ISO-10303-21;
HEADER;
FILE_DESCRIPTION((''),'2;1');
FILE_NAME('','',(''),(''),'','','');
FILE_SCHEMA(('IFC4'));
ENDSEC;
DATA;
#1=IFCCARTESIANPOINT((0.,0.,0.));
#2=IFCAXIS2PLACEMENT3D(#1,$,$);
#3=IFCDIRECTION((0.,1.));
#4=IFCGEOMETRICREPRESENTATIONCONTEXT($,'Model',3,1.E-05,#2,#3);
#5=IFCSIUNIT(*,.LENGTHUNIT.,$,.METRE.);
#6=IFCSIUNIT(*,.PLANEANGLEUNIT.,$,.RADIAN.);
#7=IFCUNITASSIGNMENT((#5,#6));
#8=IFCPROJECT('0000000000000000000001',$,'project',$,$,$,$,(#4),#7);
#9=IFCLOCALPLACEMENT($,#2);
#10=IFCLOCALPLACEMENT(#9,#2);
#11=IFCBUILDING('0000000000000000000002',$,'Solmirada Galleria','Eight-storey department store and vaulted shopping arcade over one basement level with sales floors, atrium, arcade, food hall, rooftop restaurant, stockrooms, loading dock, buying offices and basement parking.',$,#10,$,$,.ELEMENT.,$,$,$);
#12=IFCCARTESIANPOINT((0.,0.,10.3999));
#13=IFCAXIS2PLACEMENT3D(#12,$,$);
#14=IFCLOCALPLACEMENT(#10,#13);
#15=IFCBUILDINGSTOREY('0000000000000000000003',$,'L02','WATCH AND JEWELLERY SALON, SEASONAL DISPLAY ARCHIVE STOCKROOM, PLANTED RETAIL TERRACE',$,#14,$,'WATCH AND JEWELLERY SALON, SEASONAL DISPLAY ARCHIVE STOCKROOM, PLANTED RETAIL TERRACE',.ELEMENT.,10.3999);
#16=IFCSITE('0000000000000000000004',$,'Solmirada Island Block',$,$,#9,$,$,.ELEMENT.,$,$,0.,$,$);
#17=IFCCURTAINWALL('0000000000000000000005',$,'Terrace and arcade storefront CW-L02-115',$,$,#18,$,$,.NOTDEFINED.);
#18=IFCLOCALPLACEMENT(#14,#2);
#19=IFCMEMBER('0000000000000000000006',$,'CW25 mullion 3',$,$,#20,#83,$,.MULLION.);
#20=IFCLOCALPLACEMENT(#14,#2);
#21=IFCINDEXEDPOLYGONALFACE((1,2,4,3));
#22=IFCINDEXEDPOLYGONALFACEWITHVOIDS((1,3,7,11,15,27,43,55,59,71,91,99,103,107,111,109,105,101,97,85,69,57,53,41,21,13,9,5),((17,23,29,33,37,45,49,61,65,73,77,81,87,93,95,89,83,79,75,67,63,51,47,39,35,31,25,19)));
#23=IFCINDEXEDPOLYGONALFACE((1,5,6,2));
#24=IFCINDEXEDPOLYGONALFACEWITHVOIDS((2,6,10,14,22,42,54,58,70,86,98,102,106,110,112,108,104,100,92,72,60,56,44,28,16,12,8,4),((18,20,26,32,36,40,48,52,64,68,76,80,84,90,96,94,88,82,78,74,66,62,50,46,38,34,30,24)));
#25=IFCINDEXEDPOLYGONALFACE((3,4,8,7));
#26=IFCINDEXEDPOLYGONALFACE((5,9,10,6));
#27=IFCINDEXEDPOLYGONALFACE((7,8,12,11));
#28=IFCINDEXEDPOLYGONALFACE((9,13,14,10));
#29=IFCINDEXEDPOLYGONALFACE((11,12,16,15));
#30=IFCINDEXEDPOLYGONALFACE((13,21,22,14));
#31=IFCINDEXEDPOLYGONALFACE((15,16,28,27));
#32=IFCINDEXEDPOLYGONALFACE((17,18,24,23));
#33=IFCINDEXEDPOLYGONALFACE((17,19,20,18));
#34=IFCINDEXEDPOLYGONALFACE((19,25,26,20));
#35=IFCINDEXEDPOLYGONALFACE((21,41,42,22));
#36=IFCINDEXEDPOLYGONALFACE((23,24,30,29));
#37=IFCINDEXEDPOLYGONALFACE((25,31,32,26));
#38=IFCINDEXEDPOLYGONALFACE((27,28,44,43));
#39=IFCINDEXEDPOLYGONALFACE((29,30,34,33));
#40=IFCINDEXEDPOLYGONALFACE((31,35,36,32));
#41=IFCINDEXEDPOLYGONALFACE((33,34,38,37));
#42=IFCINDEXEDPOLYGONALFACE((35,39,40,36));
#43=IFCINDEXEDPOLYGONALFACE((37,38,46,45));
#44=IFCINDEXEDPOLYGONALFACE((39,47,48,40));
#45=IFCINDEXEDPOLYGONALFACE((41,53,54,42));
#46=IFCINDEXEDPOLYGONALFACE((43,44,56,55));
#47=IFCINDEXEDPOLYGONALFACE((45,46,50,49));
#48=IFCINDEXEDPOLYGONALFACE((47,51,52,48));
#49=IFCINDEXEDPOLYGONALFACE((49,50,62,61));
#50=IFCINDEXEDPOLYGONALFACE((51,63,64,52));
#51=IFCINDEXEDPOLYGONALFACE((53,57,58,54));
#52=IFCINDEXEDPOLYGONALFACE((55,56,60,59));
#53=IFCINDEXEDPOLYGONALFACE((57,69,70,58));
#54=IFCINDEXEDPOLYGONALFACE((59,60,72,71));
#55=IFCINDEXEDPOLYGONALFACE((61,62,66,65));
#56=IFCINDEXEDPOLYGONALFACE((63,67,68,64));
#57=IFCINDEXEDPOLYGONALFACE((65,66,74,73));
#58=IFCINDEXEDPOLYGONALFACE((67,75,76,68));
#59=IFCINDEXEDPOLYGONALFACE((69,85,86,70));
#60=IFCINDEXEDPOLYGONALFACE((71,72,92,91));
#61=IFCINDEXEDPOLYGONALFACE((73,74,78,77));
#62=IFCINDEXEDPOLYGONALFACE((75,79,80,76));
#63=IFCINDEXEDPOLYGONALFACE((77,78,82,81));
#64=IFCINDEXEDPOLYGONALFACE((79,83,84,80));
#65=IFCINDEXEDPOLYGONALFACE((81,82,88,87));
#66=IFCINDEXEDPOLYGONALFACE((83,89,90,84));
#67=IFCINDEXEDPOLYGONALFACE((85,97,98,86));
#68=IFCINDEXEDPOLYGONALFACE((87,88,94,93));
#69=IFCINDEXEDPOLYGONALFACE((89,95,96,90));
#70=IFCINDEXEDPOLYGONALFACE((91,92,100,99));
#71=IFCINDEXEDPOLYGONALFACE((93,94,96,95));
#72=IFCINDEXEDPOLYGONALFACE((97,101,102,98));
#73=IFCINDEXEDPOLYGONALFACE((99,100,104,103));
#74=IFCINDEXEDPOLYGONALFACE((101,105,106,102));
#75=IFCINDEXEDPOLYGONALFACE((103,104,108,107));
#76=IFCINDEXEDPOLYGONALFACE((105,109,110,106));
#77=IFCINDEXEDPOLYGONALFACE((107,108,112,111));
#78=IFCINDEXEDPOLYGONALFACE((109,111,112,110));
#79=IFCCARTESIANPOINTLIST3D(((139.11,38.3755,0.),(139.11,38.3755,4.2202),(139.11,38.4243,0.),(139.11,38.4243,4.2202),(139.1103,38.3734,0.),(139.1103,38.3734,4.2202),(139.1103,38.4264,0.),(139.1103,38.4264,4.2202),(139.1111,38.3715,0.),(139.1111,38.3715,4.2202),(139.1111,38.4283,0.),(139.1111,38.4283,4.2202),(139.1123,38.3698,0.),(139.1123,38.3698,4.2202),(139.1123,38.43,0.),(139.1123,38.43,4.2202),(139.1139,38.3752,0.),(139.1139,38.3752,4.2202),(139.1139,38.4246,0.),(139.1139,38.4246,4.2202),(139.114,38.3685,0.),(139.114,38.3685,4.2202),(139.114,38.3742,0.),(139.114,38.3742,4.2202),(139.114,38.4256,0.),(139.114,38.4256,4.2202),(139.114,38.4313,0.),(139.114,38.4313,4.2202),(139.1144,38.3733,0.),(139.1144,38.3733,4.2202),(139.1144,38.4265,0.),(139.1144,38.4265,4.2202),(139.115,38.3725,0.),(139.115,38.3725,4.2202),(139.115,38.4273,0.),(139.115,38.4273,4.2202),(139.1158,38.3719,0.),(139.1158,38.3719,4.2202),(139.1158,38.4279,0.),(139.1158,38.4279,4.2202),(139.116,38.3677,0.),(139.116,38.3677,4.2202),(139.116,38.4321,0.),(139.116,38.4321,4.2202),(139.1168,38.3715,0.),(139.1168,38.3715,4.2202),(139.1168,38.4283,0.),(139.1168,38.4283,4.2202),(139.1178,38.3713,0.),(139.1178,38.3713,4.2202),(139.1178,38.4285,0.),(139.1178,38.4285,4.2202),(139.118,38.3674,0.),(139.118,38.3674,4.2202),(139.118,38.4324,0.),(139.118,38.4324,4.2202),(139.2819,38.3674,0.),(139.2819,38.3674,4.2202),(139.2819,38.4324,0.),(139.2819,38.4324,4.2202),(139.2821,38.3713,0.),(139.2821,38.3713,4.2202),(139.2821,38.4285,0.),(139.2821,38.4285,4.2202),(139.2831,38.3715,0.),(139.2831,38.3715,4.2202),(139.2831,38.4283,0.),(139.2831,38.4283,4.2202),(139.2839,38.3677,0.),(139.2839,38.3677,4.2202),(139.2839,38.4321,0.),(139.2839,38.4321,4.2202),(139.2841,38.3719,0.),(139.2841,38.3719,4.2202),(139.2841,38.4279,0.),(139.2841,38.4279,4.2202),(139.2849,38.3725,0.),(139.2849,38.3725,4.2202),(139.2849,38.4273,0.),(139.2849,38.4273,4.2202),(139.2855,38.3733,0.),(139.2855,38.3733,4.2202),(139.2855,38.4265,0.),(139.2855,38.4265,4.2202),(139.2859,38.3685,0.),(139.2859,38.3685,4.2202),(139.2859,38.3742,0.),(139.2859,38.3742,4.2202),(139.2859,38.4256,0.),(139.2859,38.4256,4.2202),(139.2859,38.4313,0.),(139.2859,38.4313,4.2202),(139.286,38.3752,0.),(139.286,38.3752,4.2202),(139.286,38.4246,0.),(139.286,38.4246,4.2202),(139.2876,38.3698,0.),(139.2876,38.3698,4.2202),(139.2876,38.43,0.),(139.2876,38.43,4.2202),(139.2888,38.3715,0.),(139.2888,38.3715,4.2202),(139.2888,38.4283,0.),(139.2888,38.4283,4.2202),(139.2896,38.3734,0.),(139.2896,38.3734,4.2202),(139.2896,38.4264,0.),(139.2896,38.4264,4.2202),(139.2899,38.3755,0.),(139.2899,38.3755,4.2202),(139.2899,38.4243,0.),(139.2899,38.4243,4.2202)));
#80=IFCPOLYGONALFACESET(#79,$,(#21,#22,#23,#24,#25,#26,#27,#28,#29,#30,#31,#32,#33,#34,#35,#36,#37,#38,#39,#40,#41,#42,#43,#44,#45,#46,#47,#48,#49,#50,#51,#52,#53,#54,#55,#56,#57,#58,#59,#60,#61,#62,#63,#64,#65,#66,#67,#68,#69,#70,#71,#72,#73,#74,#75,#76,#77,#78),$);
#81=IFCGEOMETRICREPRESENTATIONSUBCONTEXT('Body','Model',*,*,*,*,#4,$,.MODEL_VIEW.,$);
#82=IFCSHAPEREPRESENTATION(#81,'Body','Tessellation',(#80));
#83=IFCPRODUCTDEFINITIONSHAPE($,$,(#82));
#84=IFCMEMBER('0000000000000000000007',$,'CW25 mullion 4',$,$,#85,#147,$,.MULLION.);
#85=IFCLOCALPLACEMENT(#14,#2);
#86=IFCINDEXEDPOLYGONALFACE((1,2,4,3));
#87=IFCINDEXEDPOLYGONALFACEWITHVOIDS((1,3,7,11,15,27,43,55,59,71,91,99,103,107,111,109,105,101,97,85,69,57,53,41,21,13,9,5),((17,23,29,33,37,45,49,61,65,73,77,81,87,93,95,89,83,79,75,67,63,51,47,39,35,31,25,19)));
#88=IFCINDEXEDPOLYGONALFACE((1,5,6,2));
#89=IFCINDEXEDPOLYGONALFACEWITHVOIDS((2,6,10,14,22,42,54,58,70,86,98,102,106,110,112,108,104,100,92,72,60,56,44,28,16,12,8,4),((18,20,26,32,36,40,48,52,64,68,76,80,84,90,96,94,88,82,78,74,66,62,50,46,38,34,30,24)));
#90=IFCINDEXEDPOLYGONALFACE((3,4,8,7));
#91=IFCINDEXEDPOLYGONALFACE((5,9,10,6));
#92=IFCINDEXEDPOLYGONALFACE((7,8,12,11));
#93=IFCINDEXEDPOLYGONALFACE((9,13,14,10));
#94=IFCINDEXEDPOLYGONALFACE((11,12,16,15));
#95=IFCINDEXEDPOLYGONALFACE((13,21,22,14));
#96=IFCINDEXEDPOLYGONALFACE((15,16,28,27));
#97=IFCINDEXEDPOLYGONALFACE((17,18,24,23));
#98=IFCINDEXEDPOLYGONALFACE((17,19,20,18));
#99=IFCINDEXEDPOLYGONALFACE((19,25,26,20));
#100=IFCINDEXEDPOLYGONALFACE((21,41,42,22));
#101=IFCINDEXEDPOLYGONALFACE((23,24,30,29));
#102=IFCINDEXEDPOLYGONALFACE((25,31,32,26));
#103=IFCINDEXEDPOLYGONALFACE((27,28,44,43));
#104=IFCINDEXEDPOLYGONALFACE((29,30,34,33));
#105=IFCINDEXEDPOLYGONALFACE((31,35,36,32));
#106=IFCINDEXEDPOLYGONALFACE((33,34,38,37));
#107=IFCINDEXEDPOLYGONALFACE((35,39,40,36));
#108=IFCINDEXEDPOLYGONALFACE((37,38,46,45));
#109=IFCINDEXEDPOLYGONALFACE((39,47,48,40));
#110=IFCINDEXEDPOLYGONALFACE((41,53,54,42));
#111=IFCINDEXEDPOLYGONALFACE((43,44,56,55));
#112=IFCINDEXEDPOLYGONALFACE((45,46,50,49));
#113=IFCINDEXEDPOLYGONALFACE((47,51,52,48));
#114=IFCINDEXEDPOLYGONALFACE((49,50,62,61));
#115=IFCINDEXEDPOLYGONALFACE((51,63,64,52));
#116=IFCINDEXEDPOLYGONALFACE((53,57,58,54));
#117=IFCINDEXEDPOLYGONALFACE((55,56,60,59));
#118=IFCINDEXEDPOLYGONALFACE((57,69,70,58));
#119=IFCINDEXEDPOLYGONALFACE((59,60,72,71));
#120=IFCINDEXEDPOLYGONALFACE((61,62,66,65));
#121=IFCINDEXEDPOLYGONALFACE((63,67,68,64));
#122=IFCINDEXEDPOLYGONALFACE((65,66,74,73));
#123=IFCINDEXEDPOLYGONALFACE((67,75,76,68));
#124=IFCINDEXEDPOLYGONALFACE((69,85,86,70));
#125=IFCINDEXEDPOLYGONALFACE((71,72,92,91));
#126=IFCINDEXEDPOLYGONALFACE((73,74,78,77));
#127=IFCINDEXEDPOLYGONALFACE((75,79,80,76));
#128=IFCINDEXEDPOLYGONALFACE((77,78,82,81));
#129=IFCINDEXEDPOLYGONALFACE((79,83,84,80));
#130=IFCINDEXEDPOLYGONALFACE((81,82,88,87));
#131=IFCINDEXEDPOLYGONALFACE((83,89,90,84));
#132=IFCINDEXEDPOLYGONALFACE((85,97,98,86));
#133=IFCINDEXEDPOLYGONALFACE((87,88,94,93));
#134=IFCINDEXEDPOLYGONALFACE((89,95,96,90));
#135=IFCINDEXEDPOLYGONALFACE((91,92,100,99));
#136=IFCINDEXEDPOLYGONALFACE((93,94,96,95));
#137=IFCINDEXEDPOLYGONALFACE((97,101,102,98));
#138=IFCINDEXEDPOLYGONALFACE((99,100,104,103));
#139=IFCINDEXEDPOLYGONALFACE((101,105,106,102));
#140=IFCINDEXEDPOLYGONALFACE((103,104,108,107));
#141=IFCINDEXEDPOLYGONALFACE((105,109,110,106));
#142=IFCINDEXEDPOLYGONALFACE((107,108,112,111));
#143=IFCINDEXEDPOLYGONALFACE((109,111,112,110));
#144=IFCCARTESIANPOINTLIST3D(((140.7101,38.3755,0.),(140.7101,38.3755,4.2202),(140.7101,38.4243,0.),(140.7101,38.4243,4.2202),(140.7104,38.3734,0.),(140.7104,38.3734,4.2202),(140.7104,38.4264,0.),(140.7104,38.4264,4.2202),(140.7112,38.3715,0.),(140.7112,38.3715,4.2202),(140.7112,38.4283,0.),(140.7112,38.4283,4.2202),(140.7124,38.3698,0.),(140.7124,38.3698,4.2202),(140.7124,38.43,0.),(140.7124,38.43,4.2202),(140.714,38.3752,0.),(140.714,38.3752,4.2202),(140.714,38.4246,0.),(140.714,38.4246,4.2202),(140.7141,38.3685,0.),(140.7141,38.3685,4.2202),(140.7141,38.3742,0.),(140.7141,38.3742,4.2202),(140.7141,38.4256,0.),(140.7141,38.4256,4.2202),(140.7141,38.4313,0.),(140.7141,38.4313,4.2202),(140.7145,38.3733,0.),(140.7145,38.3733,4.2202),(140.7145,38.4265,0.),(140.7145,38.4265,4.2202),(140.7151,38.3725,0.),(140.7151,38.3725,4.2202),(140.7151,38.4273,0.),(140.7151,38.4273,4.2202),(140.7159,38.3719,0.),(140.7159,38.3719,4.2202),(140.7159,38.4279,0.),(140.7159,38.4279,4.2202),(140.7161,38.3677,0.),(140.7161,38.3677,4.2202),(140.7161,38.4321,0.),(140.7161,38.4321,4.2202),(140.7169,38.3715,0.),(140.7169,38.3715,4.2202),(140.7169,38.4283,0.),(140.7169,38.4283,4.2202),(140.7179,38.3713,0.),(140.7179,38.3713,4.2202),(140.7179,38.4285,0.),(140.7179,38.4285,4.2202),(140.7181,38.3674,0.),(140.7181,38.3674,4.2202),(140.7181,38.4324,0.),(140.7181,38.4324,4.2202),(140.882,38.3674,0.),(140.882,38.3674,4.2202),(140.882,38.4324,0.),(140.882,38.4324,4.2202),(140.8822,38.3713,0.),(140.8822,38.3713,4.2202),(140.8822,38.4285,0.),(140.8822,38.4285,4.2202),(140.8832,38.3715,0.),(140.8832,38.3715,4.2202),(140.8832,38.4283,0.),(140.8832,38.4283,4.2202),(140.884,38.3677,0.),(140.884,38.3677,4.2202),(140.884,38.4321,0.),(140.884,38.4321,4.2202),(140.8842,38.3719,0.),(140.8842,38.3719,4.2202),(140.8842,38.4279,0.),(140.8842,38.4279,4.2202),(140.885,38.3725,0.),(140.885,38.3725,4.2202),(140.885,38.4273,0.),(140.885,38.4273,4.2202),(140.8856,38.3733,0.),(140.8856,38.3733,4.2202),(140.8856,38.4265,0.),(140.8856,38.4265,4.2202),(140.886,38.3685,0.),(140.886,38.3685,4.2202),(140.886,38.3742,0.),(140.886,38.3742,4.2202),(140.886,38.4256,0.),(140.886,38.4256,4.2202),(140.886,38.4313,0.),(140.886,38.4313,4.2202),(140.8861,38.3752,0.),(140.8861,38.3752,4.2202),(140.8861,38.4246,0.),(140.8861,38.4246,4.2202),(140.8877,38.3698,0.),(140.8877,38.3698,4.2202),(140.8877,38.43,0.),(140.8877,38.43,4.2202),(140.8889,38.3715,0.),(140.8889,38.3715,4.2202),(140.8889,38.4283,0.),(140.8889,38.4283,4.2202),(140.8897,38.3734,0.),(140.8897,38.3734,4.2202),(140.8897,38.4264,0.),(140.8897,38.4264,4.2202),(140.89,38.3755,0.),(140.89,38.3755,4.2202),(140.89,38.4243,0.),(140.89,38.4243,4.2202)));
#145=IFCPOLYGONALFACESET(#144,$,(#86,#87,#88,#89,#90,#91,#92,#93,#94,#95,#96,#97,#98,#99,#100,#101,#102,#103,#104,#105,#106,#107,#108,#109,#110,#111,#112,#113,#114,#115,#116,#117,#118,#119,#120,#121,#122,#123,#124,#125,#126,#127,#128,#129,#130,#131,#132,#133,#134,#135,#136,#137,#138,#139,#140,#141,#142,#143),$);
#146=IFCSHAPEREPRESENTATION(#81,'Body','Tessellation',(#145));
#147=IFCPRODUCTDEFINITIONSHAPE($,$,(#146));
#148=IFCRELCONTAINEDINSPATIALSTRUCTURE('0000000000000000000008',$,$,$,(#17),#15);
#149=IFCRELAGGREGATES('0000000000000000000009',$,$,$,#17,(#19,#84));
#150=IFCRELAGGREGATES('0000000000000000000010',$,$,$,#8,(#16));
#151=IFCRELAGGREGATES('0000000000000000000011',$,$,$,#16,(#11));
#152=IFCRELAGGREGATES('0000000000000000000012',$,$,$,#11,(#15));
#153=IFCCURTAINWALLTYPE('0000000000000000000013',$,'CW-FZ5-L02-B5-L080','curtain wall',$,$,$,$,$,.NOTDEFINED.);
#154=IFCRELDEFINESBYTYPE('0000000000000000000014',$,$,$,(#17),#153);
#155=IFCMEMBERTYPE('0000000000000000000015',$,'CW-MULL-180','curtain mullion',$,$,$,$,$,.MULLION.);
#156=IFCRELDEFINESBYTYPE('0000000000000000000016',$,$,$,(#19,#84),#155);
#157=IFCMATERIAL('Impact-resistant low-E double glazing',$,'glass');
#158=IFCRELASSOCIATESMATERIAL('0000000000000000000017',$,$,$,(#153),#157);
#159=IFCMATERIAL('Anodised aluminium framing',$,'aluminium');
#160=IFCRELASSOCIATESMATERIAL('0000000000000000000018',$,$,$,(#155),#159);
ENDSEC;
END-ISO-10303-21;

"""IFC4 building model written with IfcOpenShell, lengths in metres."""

from ifc_helpers import new_model, si_unit, direction, frame, origin, origin_2d, place, context, subcontext, project, spatial, hollow_rectangle, extrude, material, material_profile, profile_set, type_object, element, aggregate, save


model = new_model("IFC4")

# Units and contexts
model_context = context("Model", 3, precision=1e-05, world=origin(), true_north=direction((0.0, 1.0)))
body_context = subcontext(model_context, "Body", "Model", "MODEL_VIEW")
ifc_project = project(units=[si_unit("LENGTHUNIT", "METRE"), si_unit("PLANEANGLEUNIT", "RADIAN")], contexts=[model_context])

# Site, building, storey
site_placement = place(None, origin())
site = spatial("IfcSite", under=ifc_project, at=site_placement, Name="Solmirada Island Block", CompositionType="ELEMENT", RefElevation=0.0)
building_placement = place(site_placement, origin())
building = spatial("IfcBuilding", under=site, at=building_placement, Name="Solmirada Galleria", Description="Eight-storey department store and vaulted shopping arcade over one basement level with sales floors, atrium, arcade, food hall, rooftop restaurant, stockrooms, loading dock, buying offices and basement parking.", CompositionType="ELEMENT")
storey_placement = place(building_placement, frame((0.0, 0.0, 10.3999)))
storey = spatial("IfcBuildingStorey", under=building, at=storey_placement, Name="L02", Description="WATCH AND JEWELLERY SALON, SEASONAL DISPLAY ARCHIVE STOCKROOM, PLANTED RETAIL TERRACE", LongName="WATCH AND JEWELLERY SALON, SEASONAL DISPLAY ARCHIVE STOCKROOM, PLANTED RETAIL TERRACE", CompositionType="ELEMENT", Elevation=10.3999)

# Curtain wall, members
ifc_material_1 = material(Name="Impact-resistant low-E double glazing", Category="glass")
curtain_wall_type = type_object("IfcCurtainWallType", Name="CW-FZ5-L02-B5-L080", Description="curtain wall", PredefinedType="NOTDEFINED", material=ifc_material_1)
curtain_wall_placement = place(storey_placement, origin())
curtain_wall = element("IfcCurtainWall", 1, at=curtain_wall_placement, inside=storey, type_object=curtain_wall_type, Name="Terrace and arcade storefront CW-L02-115", PredefinedType="NOTDEFINED")
ifc_material_2 = material(Name="Anodised aluminium framing", Category="aluminium")
ifc_material_profile_1 = material_profile(ifc_material_2, hollow_rectangle(XDim=0.0649, YDim=0.1799, WallThickness=0.0039, InnerFilletRadius=0.0039, OuterFilletRadius=0.0081, at=origin_2d()), Name="ALU-MULL-180X65")
ifc_profile_set_1 = profile_set([ifc_material_profile_1], Name="Anodised aluminium framing")
member_type_1 = type_object("IfcMemberType", Name="CW-MULL-180", Description="curtain mullion", PredefinedType="MULLION", material=ifc_profile_set_1)
member_1_placement = place(storey_placement, frame((139.2, 38.3999, 0.0), z_axis=(0.0, 0.0, 1.0), x_axis=(0.0, 1.0, 0.0)))
member_1 = element("IfcMember", 2, at=member_1_placement, type_object=member_type_1, Name="CW25 mullion 3", PredefinedType="MULLION", context=body_context, shape_type="SweptSolid", body=[
    extrude(hollow_rectangle(XDim=0.0649, YDim=0.1799, WallThickness=0.0039, InnerFilletRadius=0.0039, OuterFilletRadius=0.0081, at=origin_2d()), origin(), (0.0, 0.0, 1.0), 4.2202),
])
member_2_placement = place(storey_placement, frame((140.8, 38.3999, 0.0), z_axis=(0.0, 0.0, 1.0), x_axis=(0.0, 1.0, 0.0)))
member_2 = element("IfcMember", 3, at=member_2_placement, type_object=member_type_1, Name="CW25 mullion 4", PredefinedType="MULLION", context=body_context, shape_type="SweptSolid", body=[
    extrude(hollow_rectangle(XDim=0.0649, YDim=0.1799, WallThickness=0.0039, InnerFilletRadius=0.0039, OuterFilletRadius=0.0081, at=origin_2d()), origin(), (0.0, 0.0, 1.0), 4.2202),
])
aggregate(curtain_wall, [member_1, member_2])

save(model, "model.ifc")
